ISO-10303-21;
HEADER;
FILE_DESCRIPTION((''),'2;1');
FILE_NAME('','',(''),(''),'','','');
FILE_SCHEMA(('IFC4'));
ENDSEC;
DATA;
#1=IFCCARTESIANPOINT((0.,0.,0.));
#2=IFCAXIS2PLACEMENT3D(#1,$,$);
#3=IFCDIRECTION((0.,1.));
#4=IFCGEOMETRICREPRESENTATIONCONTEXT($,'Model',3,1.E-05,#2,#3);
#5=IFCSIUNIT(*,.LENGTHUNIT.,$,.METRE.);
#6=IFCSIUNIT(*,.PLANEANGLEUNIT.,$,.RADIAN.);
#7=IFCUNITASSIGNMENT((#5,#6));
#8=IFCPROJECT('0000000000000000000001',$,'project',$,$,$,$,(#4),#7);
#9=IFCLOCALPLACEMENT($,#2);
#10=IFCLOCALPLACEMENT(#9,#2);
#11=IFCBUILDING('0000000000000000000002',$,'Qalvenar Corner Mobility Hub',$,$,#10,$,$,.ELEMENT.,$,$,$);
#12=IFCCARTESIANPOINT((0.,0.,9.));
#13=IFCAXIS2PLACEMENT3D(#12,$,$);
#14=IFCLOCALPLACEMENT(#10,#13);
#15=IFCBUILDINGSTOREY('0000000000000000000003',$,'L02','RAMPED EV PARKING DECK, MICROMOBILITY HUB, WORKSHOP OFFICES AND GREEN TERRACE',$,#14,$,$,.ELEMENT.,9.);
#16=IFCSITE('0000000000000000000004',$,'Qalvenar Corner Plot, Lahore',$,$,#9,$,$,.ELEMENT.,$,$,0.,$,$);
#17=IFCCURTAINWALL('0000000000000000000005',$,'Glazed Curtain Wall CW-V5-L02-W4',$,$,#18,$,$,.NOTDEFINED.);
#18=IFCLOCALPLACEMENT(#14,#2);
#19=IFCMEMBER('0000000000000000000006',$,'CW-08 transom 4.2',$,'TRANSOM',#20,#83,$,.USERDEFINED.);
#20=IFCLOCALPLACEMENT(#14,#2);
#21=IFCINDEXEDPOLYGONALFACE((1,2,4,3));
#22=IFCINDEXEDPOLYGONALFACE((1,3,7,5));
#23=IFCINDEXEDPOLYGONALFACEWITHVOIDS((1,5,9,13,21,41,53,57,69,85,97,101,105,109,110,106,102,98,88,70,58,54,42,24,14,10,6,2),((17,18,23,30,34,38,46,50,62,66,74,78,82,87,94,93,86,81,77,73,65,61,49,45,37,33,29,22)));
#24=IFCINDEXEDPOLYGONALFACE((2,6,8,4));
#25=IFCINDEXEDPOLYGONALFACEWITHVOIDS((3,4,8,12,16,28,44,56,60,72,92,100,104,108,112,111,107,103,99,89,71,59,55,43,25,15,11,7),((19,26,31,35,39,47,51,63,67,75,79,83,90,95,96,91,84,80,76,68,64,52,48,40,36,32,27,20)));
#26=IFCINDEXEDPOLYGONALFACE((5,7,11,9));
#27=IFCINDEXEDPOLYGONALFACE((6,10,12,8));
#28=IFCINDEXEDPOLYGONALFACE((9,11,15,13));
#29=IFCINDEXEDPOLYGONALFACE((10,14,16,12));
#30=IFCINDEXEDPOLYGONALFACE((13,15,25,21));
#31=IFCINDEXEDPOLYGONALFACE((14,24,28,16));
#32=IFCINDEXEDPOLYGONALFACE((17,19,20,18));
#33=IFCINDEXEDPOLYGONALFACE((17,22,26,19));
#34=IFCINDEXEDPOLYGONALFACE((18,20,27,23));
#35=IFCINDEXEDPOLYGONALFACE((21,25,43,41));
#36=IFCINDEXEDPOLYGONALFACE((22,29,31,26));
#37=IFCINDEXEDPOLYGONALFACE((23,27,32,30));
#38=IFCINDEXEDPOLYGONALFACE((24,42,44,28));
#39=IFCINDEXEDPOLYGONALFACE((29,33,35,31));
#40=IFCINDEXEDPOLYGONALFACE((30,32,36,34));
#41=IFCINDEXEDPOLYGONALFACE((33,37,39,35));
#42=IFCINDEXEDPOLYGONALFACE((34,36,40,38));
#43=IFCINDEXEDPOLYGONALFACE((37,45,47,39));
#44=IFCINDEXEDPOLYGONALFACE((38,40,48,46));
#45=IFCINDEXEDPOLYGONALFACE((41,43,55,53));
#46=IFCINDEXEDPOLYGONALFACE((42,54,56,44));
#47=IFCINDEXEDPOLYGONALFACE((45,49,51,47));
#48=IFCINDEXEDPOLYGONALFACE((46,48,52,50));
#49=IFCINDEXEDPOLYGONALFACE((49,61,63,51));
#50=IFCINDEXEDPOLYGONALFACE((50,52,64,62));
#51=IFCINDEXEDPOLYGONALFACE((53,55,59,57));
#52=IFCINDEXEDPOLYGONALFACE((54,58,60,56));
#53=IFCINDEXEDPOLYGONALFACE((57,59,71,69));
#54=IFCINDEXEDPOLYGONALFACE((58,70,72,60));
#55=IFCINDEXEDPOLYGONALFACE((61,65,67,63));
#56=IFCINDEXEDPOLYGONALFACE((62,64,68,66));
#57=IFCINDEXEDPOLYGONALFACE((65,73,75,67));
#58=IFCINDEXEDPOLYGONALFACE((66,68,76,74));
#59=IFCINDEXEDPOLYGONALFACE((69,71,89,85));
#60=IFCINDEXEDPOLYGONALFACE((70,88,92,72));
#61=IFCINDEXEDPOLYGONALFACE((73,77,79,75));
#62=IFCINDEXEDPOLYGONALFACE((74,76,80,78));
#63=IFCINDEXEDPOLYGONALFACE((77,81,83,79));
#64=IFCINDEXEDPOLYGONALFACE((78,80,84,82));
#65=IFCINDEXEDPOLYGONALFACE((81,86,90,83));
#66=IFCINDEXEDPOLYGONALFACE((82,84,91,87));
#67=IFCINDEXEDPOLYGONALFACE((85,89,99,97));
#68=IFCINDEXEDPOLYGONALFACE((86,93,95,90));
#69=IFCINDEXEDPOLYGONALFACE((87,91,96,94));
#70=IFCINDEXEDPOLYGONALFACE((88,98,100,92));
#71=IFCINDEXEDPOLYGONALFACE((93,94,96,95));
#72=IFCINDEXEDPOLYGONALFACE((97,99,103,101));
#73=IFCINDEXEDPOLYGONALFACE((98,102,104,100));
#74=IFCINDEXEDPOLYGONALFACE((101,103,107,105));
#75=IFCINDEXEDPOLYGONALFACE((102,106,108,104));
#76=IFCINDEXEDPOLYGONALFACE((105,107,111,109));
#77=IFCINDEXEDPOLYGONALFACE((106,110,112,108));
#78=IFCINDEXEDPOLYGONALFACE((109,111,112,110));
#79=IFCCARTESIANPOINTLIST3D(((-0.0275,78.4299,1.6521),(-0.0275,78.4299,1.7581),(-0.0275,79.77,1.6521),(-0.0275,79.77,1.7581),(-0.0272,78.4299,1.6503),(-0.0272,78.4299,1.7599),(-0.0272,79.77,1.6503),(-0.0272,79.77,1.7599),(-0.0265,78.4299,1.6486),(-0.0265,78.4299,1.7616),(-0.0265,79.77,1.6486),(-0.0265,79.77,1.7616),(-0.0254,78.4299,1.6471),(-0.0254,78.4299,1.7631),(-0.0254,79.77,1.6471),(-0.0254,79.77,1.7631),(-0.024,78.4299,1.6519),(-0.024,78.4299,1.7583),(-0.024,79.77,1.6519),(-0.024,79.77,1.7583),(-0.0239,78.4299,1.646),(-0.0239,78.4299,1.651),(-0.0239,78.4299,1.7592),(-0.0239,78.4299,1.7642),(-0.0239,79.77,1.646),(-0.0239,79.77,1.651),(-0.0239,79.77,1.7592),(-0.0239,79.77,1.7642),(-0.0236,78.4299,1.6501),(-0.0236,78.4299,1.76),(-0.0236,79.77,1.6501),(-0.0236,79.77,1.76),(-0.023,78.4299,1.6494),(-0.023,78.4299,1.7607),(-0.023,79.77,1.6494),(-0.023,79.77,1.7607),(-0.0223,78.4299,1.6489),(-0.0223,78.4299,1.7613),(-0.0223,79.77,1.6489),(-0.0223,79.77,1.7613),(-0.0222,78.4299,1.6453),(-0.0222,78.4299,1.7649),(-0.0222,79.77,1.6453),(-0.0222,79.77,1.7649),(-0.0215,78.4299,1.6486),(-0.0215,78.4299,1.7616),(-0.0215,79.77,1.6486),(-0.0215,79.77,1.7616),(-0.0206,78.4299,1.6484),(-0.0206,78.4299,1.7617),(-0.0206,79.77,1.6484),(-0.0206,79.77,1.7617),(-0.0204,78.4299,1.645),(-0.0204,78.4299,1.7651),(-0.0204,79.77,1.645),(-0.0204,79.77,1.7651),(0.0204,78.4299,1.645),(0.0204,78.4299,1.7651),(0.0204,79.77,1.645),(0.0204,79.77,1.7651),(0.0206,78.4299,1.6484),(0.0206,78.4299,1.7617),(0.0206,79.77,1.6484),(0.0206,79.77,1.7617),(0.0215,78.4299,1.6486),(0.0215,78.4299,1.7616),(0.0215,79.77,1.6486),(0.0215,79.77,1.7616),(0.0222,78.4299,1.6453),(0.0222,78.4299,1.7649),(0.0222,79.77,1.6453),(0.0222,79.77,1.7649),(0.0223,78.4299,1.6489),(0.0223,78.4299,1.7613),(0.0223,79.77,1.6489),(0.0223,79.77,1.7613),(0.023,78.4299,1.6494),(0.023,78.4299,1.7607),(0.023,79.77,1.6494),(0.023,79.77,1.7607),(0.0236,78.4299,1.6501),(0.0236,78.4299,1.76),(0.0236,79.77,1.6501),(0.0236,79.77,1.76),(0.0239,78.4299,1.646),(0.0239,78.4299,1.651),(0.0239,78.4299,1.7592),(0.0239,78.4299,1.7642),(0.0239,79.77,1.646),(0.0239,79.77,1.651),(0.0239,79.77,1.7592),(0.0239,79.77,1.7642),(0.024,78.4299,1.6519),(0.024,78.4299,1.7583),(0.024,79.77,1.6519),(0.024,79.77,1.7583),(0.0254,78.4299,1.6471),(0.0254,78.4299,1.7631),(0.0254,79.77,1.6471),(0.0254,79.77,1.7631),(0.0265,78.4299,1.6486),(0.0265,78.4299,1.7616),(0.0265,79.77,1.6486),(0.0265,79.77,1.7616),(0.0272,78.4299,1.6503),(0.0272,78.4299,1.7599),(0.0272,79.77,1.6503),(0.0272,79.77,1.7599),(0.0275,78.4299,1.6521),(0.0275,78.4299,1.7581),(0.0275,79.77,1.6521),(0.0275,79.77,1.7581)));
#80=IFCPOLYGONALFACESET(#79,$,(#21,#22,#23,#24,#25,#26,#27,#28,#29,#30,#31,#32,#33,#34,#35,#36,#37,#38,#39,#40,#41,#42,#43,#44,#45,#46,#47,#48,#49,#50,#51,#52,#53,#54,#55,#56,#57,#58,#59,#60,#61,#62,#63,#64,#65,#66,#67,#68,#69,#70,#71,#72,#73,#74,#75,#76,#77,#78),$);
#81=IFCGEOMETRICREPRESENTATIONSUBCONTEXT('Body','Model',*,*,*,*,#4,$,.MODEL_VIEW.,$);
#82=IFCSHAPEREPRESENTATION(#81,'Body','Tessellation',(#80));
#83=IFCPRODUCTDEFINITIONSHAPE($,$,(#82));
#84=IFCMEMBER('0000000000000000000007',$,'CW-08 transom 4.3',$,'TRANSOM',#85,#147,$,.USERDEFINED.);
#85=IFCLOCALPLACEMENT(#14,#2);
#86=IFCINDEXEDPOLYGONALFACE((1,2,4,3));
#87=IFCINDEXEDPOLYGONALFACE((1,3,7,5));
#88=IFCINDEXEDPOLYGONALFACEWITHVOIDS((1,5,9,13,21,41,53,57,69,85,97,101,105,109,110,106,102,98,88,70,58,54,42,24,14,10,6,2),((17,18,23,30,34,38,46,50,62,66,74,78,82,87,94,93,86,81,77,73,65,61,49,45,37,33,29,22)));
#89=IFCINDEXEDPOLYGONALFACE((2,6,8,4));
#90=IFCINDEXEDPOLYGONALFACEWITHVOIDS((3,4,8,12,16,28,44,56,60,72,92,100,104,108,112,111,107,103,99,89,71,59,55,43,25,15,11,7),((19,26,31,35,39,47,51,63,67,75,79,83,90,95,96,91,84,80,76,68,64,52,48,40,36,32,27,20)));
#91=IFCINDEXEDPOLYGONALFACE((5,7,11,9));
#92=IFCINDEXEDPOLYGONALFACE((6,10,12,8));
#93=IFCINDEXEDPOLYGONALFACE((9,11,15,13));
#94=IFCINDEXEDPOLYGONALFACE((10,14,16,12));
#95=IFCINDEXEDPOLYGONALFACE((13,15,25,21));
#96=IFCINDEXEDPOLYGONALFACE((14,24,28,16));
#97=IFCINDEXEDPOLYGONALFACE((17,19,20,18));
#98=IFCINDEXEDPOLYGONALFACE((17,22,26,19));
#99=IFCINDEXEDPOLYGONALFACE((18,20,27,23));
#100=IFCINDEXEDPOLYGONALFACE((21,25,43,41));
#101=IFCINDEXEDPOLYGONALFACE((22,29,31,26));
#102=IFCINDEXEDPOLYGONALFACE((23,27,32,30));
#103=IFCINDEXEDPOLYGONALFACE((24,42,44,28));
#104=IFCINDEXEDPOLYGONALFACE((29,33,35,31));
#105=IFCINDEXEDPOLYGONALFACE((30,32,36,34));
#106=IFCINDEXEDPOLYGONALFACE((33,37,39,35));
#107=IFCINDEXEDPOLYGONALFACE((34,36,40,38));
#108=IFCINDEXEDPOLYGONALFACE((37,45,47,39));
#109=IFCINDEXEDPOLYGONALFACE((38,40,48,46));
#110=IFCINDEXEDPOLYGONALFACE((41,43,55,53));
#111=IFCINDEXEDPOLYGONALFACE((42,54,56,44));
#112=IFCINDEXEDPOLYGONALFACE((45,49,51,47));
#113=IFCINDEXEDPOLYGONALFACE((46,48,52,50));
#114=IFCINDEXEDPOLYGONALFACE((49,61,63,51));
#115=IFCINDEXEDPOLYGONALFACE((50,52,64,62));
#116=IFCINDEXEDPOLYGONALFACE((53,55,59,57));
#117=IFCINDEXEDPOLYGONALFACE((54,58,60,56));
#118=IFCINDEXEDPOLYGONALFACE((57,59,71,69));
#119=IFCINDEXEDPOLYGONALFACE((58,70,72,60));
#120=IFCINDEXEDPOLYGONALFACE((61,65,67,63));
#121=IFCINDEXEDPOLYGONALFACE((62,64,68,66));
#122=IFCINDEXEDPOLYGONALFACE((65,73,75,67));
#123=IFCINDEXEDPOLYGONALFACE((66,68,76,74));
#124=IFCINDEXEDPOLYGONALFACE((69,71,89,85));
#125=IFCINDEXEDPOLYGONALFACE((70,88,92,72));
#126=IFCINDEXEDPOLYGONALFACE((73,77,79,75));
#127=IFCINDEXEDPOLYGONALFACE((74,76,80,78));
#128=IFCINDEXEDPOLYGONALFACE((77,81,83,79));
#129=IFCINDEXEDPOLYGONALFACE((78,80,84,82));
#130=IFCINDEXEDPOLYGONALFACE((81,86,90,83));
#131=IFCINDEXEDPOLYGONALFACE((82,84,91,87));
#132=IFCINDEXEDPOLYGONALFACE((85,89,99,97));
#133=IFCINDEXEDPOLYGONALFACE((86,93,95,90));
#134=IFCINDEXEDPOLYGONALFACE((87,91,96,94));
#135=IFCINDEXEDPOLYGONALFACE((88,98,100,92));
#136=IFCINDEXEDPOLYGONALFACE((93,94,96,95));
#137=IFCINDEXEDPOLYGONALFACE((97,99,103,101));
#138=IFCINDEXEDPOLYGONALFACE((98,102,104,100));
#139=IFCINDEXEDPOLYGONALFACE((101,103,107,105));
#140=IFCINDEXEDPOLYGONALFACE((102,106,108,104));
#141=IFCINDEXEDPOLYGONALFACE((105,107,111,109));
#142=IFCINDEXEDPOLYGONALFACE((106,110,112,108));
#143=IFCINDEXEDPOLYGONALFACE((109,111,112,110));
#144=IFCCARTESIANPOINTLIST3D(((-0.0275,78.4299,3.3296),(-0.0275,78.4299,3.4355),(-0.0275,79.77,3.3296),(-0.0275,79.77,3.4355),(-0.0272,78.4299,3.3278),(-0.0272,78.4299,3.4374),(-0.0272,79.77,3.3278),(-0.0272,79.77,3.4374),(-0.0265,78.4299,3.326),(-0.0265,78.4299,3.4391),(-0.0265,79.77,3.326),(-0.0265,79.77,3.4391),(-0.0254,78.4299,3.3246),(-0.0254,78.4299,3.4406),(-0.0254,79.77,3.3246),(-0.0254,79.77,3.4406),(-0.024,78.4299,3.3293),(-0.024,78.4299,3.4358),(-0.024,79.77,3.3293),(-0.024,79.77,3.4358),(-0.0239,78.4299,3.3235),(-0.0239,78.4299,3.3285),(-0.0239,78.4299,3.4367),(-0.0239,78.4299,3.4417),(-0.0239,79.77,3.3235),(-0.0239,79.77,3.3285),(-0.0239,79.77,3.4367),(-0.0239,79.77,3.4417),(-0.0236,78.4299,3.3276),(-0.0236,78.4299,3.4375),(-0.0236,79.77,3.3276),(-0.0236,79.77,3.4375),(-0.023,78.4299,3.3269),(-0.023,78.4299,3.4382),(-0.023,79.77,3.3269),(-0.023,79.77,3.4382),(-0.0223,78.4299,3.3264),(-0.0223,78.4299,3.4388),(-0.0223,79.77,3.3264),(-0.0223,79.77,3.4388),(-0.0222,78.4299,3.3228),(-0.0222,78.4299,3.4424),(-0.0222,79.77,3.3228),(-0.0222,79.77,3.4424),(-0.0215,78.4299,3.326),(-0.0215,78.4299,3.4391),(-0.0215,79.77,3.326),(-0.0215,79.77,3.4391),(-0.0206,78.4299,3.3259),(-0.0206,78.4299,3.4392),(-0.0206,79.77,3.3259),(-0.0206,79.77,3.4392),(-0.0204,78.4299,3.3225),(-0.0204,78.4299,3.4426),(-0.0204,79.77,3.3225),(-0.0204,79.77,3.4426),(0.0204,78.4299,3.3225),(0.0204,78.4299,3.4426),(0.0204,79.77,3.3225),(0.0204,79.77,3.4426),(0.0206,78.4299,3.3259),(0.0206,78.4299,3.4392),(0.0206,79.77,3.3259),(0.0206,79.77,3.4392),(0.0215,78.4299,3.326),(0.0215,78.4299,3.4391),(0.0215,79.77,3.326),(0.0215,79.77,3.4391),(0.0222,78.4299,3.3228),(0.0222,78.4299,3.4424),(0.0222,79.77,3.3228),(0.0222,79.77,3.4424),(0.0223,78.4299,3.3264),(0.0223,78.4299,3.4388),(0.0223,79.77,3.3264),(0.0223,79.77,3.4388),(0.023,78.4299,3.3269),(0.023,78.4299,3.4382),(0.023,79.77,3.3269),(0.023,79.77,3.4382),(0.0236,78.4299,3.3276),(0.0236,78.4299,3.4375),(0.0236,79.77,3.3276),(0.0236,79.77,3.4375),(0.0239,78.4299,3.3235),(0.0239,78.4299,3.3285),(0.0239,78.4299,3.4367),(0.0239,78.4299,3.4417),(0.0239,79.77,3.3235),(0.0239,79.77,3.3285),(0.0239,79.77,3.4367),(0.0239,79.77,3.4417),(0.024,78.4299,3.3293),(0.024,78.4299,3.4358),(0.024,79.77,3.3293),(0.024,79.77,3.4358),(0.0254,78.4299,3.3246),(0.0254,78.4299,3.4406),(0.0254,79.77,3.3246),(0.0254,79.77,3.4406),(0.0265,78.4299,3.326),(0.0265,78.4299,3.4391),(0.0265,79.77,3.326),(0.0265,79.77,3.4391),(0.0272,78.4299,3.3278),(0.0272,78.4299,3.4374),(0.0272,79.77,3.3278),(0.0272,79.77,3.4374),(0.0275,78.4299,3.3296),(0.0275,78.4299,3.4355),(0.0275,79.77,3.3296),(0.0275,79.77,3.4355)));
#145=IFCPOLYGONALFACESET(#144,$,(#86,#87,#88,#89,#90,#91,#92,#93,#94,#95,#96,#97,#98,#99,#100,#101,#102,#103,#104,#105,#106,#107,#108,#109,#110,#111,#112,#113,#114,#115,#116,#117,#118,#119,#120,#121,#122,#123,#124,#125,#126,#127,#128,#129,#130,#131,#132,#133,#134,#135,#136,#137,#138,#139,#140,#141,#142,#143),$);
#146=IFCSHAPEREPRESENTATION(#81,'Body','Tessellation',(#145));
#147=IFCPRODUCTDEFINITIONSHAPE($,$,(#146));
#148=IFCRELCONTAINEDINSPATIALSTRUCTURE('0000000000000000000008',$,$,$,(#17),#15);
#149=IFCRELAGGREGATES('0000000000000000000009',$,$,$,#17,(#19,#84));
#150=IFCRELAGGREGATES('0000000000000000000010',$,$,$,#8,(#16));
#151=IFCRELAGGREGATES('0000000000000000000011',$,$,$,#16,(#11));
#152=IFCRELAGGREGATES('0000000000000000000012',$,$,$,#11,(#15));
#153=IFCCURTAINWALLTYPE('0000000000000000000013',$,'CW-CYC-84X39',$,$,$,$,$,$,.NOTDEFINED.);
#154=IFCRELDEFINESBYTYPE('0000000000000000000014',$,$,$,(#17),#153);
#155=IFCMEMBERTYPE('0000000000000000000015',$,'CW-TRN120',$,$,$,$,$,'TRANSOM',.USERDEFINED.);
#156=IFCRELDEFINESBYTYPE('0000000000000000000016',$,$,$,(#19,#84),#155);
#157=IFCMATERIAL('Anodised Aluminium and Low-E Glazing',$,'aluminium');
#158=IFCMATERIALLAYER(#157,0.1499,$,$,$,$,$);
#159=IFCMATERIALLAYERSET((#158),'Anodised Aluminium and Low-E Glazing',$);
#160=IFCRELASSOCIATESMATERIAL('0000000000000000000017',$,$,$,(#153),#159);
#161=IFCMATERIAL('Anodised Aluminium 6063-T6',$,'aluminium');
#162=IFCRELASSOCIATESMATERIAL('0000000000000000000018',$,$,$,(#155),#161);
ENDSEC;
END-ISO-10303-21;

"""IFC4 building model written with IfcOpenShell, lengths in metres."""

from ifc_helpers import new_model, si_unit, direction, frame, origin, origin_2d, place, context, subcontext, project, spatial, hollow_rectangle, extrude, material, layer, layer_set, material_profile, profile_set, type_object, element, aggregate, save


model = new_model("IFC4")

# Units and contexts
model_context = context("Model", 3, precision=1e-05, world=origin(), true_north=direction((0.0, 1.0)))
body_context = subcontext(model_context, "Body", "Model", "MODEL_VIEW")
ifc_project = project(units=[si_unit("LENGTHUNIT", "METRE"), si_unit("PLANEANGLEUNIT", "RADIAN")], contexts=[model_context])

# Site, building, storey
site_placement = place(None, origin())
site = spatial("IfcSite", under=ifc_project, at=site_placement, Name="Qalvenar Corner Plot, Lahore", CompositionType="ELEMENT", RefElevation=0.0)
building_placement = place(site_placement, origin())
building = spatial("IfcBuilding", under=site, at=building_placement, Name="Qalvenar Corner Mobility Hub", CompositionType="ELEMENT")
storey_placement = place(building_placement, frame((0.0, 0.0, 9.0)))
storey = spatial("IfcBuildingStorey", under=building, at=storey_placement, Name="L02", Description="RAMPED EV PARKING DECK, MICROMOBILITY HUB, WORKSHOP OFFICES AND GREEN TERRACE", CompositionType="ELEMENT", Elevation=9.0)

# Curtain wall, members
ifc_material_1 = material(Name="Anodised Aluminium and Low-E Glazing", Category="aluminium")
ifc_layer_1 = layer(ifc_material_1, 0.1499)
ifc_layer_set_1 = layer_set([ifc_layer_1], Name="Anodised Aluminium and Low-E Glazing")
curtain_wall_type = type_object("IfcCurtainWallType", Name="CW-CYC-84X39", PredefinedType="NOTDEFINED", material=ifc_layer_set_1)
curtain_wall_placement = place(storey_placement, origin())
curtain_wall = element("IfcCurtainWall", 1, at=curtain_wall_placement, inside=storey, type_object=curtain_wall_type, Name="Glazed Curtain Wall CW-V5-L02-W4", PredefinedType="NOTDEFINED")
ifc_material_2 = material(Name="Anodised Aluminium 6063-T6", Category="aluminium")
ifc_material_profile_1 = material_profile(ifc_material_2, hollow_rectangle(XDim=0.0549, YDim=0.1201, WallThickness=0.0034, InnerFilletRadius=0.0034, OuterFilletRadius=0.0071, at=origin_2d()), Name="RHS120x55x3.5")
ifc_profile_set_1 = profile_set([ifc_material_profile_1], Name="Anodised Aluminium 6063-T6")
member_type_1 = type_object("IfcMemberType", Name="CW-TRN120", ElementType="TRANSOM", PredefinedType="USERDEFINED", material=ifc_profile_set_1)
member_1_placement = place(storey_placement, frame((0.0, 79.77, 1.7051), z_axis=(0.0, -1.0, 0.0), x_axis=(1.0, 0.0, 0.0)))
member_1 = element("IfcMember", 2, at=member_1_placement, type_object=member_type_1, Name="CW-08 transom 4.2", ObjectType="TRANSOM", PredefinedType="USERDEFINED", context=body_context, shape_type="SweptSolid", body=[
    extrude(hollow_rectangle(XDim=0.0549, YDim=0.1201, WallThickness=0.0034, InnerFilletRadius=0.0034, OuterFilletRadius=0.0071, at=origin_2d()), origin(), (0.0, 0.0, 1.0), 1.3401),
])
member_2_placement = place(storey_placement, frame((0.0, 79.77, 3.3826), z_axis=(0.0, -1.0, 0.0), x_axis=(1.0, 0.0, 0.0)))
member_2 = element("IfcMember", 3, at=member_2_placement, type_object=member_type_1, Name="CW-08 transom 4.3", ObjectType="TRANSOM", PredefinedType="USERDEFINED", context=body_context, shape_type="SweptSolid", body=[
    extrude(hollow_rectangle(XDim=0.0549, YDim=0.1201, WallThickness=0.0034, InnerFilletRadius=0.0034, OuterFilletRadius=0.0071, at=origin_2d()), origin(), (0.0, 0.0, 1.0), 1.3401),
])
aggregate(curtain_wall, [member_1, member_2])

save(model, "model.ifc")
